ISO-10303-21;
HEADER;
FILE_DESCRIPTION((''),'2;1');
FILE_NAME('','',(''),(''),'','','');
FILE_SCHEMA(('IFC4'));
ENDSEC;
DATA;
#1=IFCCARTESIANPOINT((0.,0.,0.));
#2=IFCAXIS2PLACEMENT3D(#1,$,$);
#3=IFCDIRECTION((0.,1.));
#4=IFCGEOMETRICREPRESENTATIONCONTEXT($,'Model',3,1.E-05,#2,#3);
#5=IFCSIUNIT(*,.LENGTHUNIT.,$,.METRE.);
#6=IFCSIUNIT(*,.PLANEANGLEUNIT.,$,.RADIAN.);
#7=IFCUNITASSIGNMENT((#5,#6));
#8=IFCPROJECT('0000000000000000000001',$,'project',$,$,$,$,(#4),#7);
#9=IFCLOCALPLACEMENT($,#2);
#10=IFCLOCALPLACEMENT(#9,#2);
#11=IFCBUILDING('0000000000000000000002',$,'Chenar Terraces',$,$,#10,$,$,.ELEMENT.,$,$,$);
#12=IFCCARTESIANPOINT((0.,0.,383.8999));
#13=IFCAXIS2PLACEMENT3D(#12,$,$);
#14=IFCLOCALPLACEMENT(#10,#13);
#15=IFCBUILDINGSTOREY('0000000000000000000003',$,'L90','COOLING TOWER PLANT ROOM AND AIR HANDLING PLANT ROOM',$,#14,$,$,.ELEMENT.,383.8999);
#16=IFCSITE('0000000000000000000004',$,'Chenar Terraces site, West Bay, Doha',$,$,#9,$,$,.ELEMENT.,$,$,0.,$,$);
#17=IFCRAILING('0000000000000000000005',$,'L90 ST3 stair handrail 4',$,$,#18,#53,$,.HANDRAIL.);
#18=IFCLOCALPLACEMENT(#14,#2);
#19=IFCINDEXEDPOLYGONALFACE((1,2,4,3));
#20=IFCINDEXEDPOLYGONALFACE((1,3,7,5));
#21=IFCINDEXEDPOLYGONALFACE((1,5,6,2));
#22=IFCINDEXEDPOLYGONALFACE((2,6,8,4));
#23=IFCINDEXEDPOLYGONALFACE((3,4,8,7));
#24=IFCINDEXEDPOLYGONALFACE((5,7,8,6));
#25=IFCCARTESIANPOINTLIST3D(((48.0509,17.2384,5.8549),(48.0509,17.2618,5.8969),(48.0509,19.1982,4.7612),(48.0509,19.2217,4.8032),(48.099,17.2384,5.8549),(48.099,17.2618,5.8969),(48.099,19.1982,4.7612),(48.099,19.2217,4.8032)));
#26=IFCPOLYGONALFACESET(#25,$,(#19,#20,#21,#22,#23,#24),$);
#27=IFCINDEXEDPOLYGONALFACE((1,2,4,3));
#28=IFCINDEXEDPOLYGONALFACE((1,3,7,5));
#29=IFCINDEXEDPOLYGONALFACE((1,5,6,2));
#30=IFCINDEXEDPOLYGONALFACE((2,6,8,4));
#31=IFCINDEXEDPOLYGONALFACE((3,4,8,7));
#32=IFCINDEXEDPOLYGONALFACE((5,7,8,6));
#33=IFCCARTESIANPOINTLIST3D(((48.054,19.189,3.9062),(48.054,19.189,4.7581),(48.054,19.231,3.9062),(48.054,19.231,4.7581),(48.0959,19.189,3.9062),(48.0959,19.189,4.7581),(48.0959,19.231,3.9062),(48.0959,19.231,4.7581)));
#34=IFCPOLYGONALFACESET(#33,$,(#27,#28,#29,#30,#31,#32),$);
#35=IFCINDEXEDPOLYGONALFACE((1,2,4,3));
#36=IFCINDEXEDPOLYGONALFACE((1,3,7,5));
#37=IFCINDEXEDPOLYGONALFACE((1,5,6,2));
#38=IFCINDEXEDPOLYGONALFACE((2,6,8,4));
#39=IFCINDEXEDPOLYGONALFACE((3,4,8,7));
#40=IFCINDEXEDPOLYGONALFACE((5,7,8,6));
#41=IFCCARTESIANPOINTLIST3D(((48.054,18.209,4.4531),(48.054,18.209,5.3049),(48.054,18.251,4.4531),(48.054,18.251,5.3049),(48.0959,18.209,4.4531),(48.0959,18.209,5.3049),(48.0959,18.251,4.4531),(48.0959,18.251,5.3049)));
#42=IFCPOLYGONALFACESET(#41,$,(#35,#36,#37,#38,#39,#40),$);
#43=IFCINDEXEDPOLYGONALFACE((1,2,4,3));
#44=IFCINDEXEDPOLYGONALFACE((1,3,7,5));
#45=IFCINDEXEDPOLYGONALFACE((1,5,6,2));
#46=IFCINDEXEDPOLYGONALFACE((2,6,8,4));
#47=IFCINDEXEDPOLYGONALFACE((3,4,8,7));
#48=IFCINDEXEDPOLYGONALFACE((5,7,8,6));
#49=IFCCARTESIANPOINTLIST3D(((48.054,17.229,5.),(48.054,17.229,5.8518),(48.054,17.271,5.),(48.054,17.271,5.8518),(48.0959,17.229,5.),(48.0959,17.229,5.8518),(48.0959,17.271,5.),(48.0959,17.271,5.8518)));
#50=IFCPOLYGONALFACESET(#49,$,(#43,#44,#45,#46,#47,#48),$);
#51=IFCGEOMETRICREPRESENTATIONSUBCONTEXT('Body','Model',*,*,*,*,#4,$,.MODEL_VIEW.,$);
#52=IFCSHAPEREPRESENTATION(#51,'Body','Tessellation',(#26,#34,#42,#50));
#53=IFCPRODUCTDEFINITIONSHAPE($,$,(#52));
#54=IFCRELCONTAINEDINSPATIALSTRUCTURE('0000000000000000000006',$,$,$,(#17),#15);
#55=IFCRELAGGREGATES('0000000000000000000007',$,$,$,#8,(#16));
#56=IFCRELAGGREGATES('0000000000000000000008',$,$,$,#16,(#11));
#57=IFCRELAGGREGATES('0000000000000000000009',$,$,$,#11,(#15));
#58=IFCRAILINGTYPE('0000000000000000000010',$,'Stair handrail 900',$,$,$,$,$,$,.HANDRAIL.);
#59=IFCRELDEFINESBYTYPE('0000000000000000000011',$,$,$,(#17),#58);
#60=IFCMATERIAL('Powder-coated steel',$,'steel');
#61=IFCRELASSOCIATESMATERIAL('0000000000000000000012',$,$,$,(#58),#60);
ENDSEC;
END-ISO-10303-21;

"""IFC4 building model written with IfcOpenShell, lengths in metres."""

from ifc_helpers import new_model, si_unit, direction, frame, origin, origin_2d, place, context, subcontext, project, spatial, rectangle, extrude, material, type_object, element, save


model = new_model("IFC4")

# Units and contexts
model_context = context("Model", 3, precision=1e-05, world=origin(), true_north=direction((0.0, 1.0)))
body_context = subcontext(model_context, "Body", "Model", "MODEL_VIEW")
ifc_project = project(units=[si_unit("LENGTHUNIT", "METRE"), si_unit("PLANEANGLEUNIT", "RADIAN")], contexts=[model_context])

# Site, building, storey
site_placement = place(None, origin())
site = spatial("IfcSite", under=ifc_project, at=site_placement, Name="Chenar Terraces site, West Bay, Doha", CompositionType="ELEMENT", RefElevation=0.0)
building_placement = place(site_placement, origin())
building = spatial("IfcBuilding", under=site, at=building_placement, Name="Chenar Terraces", CompositionType="ELEMENT")
storey_placement = place(building_placement, frame((0.0, 0.0, 383.8999)))
storey = spatial("IfcBuildingStorey", under=building, at=storey_placement, Name="L90", Description="COOLING TOWER PLANT ROOM AND AIR HANDLING PLANT ROOM", CompositionType="ELEMENT", Elevation=383.8999)

# Railing
ifc_material_1 = material(Name="Powder-coated steel", Category="steel")
railing_type = type_object("IfcRailingType", Name="Stair handrail 900", PredefinedType="HANDRAIL", material=ifc_material_1)
for number, where, name in (
    (1, (48.075, 19.21, 3.9062), "L90 ST3 stair handrail 4"),
):
    element("IfcRailing", number, at=place(storey_placement, frame(where)), inside=storey, type_object=railing_type, Name=name, PredefinedType="HANDRAIL", context=body_context, shape_type="SweptSolid", body=[
        extrude(rectangle(XDim=0.0481, YDim=0.0481, at=origin_2d()), frame((0.0, 0.0, 0.876), z_axis=(0.0, -0.873232, 0.487304), x_axis=(1.0, 0.0, 0.0)), (0.0, 0.0, 1.0), 2.2444),
        extrude(rectangle(XDim=0.042, YDim=0.042, at=origin_2d()), origin(), (0.0, 0.0, 1.0), 0.8518),
        extrude(rectangle(XDim=0.042, YDim=0.042, at=origin_2d()), frame((0.0, -0.98, 0.5469)), (0.0, 0.0, 1.0), 0.8518),
        extrude(rectangle(XDim=0.042, YDim=0.042, at=origin_2d()), frame((0.0, -1.96, 1.0938)), (0.0, 0.0, 1.0), 0.8518),
    ])

save(model, "model.ifc")
